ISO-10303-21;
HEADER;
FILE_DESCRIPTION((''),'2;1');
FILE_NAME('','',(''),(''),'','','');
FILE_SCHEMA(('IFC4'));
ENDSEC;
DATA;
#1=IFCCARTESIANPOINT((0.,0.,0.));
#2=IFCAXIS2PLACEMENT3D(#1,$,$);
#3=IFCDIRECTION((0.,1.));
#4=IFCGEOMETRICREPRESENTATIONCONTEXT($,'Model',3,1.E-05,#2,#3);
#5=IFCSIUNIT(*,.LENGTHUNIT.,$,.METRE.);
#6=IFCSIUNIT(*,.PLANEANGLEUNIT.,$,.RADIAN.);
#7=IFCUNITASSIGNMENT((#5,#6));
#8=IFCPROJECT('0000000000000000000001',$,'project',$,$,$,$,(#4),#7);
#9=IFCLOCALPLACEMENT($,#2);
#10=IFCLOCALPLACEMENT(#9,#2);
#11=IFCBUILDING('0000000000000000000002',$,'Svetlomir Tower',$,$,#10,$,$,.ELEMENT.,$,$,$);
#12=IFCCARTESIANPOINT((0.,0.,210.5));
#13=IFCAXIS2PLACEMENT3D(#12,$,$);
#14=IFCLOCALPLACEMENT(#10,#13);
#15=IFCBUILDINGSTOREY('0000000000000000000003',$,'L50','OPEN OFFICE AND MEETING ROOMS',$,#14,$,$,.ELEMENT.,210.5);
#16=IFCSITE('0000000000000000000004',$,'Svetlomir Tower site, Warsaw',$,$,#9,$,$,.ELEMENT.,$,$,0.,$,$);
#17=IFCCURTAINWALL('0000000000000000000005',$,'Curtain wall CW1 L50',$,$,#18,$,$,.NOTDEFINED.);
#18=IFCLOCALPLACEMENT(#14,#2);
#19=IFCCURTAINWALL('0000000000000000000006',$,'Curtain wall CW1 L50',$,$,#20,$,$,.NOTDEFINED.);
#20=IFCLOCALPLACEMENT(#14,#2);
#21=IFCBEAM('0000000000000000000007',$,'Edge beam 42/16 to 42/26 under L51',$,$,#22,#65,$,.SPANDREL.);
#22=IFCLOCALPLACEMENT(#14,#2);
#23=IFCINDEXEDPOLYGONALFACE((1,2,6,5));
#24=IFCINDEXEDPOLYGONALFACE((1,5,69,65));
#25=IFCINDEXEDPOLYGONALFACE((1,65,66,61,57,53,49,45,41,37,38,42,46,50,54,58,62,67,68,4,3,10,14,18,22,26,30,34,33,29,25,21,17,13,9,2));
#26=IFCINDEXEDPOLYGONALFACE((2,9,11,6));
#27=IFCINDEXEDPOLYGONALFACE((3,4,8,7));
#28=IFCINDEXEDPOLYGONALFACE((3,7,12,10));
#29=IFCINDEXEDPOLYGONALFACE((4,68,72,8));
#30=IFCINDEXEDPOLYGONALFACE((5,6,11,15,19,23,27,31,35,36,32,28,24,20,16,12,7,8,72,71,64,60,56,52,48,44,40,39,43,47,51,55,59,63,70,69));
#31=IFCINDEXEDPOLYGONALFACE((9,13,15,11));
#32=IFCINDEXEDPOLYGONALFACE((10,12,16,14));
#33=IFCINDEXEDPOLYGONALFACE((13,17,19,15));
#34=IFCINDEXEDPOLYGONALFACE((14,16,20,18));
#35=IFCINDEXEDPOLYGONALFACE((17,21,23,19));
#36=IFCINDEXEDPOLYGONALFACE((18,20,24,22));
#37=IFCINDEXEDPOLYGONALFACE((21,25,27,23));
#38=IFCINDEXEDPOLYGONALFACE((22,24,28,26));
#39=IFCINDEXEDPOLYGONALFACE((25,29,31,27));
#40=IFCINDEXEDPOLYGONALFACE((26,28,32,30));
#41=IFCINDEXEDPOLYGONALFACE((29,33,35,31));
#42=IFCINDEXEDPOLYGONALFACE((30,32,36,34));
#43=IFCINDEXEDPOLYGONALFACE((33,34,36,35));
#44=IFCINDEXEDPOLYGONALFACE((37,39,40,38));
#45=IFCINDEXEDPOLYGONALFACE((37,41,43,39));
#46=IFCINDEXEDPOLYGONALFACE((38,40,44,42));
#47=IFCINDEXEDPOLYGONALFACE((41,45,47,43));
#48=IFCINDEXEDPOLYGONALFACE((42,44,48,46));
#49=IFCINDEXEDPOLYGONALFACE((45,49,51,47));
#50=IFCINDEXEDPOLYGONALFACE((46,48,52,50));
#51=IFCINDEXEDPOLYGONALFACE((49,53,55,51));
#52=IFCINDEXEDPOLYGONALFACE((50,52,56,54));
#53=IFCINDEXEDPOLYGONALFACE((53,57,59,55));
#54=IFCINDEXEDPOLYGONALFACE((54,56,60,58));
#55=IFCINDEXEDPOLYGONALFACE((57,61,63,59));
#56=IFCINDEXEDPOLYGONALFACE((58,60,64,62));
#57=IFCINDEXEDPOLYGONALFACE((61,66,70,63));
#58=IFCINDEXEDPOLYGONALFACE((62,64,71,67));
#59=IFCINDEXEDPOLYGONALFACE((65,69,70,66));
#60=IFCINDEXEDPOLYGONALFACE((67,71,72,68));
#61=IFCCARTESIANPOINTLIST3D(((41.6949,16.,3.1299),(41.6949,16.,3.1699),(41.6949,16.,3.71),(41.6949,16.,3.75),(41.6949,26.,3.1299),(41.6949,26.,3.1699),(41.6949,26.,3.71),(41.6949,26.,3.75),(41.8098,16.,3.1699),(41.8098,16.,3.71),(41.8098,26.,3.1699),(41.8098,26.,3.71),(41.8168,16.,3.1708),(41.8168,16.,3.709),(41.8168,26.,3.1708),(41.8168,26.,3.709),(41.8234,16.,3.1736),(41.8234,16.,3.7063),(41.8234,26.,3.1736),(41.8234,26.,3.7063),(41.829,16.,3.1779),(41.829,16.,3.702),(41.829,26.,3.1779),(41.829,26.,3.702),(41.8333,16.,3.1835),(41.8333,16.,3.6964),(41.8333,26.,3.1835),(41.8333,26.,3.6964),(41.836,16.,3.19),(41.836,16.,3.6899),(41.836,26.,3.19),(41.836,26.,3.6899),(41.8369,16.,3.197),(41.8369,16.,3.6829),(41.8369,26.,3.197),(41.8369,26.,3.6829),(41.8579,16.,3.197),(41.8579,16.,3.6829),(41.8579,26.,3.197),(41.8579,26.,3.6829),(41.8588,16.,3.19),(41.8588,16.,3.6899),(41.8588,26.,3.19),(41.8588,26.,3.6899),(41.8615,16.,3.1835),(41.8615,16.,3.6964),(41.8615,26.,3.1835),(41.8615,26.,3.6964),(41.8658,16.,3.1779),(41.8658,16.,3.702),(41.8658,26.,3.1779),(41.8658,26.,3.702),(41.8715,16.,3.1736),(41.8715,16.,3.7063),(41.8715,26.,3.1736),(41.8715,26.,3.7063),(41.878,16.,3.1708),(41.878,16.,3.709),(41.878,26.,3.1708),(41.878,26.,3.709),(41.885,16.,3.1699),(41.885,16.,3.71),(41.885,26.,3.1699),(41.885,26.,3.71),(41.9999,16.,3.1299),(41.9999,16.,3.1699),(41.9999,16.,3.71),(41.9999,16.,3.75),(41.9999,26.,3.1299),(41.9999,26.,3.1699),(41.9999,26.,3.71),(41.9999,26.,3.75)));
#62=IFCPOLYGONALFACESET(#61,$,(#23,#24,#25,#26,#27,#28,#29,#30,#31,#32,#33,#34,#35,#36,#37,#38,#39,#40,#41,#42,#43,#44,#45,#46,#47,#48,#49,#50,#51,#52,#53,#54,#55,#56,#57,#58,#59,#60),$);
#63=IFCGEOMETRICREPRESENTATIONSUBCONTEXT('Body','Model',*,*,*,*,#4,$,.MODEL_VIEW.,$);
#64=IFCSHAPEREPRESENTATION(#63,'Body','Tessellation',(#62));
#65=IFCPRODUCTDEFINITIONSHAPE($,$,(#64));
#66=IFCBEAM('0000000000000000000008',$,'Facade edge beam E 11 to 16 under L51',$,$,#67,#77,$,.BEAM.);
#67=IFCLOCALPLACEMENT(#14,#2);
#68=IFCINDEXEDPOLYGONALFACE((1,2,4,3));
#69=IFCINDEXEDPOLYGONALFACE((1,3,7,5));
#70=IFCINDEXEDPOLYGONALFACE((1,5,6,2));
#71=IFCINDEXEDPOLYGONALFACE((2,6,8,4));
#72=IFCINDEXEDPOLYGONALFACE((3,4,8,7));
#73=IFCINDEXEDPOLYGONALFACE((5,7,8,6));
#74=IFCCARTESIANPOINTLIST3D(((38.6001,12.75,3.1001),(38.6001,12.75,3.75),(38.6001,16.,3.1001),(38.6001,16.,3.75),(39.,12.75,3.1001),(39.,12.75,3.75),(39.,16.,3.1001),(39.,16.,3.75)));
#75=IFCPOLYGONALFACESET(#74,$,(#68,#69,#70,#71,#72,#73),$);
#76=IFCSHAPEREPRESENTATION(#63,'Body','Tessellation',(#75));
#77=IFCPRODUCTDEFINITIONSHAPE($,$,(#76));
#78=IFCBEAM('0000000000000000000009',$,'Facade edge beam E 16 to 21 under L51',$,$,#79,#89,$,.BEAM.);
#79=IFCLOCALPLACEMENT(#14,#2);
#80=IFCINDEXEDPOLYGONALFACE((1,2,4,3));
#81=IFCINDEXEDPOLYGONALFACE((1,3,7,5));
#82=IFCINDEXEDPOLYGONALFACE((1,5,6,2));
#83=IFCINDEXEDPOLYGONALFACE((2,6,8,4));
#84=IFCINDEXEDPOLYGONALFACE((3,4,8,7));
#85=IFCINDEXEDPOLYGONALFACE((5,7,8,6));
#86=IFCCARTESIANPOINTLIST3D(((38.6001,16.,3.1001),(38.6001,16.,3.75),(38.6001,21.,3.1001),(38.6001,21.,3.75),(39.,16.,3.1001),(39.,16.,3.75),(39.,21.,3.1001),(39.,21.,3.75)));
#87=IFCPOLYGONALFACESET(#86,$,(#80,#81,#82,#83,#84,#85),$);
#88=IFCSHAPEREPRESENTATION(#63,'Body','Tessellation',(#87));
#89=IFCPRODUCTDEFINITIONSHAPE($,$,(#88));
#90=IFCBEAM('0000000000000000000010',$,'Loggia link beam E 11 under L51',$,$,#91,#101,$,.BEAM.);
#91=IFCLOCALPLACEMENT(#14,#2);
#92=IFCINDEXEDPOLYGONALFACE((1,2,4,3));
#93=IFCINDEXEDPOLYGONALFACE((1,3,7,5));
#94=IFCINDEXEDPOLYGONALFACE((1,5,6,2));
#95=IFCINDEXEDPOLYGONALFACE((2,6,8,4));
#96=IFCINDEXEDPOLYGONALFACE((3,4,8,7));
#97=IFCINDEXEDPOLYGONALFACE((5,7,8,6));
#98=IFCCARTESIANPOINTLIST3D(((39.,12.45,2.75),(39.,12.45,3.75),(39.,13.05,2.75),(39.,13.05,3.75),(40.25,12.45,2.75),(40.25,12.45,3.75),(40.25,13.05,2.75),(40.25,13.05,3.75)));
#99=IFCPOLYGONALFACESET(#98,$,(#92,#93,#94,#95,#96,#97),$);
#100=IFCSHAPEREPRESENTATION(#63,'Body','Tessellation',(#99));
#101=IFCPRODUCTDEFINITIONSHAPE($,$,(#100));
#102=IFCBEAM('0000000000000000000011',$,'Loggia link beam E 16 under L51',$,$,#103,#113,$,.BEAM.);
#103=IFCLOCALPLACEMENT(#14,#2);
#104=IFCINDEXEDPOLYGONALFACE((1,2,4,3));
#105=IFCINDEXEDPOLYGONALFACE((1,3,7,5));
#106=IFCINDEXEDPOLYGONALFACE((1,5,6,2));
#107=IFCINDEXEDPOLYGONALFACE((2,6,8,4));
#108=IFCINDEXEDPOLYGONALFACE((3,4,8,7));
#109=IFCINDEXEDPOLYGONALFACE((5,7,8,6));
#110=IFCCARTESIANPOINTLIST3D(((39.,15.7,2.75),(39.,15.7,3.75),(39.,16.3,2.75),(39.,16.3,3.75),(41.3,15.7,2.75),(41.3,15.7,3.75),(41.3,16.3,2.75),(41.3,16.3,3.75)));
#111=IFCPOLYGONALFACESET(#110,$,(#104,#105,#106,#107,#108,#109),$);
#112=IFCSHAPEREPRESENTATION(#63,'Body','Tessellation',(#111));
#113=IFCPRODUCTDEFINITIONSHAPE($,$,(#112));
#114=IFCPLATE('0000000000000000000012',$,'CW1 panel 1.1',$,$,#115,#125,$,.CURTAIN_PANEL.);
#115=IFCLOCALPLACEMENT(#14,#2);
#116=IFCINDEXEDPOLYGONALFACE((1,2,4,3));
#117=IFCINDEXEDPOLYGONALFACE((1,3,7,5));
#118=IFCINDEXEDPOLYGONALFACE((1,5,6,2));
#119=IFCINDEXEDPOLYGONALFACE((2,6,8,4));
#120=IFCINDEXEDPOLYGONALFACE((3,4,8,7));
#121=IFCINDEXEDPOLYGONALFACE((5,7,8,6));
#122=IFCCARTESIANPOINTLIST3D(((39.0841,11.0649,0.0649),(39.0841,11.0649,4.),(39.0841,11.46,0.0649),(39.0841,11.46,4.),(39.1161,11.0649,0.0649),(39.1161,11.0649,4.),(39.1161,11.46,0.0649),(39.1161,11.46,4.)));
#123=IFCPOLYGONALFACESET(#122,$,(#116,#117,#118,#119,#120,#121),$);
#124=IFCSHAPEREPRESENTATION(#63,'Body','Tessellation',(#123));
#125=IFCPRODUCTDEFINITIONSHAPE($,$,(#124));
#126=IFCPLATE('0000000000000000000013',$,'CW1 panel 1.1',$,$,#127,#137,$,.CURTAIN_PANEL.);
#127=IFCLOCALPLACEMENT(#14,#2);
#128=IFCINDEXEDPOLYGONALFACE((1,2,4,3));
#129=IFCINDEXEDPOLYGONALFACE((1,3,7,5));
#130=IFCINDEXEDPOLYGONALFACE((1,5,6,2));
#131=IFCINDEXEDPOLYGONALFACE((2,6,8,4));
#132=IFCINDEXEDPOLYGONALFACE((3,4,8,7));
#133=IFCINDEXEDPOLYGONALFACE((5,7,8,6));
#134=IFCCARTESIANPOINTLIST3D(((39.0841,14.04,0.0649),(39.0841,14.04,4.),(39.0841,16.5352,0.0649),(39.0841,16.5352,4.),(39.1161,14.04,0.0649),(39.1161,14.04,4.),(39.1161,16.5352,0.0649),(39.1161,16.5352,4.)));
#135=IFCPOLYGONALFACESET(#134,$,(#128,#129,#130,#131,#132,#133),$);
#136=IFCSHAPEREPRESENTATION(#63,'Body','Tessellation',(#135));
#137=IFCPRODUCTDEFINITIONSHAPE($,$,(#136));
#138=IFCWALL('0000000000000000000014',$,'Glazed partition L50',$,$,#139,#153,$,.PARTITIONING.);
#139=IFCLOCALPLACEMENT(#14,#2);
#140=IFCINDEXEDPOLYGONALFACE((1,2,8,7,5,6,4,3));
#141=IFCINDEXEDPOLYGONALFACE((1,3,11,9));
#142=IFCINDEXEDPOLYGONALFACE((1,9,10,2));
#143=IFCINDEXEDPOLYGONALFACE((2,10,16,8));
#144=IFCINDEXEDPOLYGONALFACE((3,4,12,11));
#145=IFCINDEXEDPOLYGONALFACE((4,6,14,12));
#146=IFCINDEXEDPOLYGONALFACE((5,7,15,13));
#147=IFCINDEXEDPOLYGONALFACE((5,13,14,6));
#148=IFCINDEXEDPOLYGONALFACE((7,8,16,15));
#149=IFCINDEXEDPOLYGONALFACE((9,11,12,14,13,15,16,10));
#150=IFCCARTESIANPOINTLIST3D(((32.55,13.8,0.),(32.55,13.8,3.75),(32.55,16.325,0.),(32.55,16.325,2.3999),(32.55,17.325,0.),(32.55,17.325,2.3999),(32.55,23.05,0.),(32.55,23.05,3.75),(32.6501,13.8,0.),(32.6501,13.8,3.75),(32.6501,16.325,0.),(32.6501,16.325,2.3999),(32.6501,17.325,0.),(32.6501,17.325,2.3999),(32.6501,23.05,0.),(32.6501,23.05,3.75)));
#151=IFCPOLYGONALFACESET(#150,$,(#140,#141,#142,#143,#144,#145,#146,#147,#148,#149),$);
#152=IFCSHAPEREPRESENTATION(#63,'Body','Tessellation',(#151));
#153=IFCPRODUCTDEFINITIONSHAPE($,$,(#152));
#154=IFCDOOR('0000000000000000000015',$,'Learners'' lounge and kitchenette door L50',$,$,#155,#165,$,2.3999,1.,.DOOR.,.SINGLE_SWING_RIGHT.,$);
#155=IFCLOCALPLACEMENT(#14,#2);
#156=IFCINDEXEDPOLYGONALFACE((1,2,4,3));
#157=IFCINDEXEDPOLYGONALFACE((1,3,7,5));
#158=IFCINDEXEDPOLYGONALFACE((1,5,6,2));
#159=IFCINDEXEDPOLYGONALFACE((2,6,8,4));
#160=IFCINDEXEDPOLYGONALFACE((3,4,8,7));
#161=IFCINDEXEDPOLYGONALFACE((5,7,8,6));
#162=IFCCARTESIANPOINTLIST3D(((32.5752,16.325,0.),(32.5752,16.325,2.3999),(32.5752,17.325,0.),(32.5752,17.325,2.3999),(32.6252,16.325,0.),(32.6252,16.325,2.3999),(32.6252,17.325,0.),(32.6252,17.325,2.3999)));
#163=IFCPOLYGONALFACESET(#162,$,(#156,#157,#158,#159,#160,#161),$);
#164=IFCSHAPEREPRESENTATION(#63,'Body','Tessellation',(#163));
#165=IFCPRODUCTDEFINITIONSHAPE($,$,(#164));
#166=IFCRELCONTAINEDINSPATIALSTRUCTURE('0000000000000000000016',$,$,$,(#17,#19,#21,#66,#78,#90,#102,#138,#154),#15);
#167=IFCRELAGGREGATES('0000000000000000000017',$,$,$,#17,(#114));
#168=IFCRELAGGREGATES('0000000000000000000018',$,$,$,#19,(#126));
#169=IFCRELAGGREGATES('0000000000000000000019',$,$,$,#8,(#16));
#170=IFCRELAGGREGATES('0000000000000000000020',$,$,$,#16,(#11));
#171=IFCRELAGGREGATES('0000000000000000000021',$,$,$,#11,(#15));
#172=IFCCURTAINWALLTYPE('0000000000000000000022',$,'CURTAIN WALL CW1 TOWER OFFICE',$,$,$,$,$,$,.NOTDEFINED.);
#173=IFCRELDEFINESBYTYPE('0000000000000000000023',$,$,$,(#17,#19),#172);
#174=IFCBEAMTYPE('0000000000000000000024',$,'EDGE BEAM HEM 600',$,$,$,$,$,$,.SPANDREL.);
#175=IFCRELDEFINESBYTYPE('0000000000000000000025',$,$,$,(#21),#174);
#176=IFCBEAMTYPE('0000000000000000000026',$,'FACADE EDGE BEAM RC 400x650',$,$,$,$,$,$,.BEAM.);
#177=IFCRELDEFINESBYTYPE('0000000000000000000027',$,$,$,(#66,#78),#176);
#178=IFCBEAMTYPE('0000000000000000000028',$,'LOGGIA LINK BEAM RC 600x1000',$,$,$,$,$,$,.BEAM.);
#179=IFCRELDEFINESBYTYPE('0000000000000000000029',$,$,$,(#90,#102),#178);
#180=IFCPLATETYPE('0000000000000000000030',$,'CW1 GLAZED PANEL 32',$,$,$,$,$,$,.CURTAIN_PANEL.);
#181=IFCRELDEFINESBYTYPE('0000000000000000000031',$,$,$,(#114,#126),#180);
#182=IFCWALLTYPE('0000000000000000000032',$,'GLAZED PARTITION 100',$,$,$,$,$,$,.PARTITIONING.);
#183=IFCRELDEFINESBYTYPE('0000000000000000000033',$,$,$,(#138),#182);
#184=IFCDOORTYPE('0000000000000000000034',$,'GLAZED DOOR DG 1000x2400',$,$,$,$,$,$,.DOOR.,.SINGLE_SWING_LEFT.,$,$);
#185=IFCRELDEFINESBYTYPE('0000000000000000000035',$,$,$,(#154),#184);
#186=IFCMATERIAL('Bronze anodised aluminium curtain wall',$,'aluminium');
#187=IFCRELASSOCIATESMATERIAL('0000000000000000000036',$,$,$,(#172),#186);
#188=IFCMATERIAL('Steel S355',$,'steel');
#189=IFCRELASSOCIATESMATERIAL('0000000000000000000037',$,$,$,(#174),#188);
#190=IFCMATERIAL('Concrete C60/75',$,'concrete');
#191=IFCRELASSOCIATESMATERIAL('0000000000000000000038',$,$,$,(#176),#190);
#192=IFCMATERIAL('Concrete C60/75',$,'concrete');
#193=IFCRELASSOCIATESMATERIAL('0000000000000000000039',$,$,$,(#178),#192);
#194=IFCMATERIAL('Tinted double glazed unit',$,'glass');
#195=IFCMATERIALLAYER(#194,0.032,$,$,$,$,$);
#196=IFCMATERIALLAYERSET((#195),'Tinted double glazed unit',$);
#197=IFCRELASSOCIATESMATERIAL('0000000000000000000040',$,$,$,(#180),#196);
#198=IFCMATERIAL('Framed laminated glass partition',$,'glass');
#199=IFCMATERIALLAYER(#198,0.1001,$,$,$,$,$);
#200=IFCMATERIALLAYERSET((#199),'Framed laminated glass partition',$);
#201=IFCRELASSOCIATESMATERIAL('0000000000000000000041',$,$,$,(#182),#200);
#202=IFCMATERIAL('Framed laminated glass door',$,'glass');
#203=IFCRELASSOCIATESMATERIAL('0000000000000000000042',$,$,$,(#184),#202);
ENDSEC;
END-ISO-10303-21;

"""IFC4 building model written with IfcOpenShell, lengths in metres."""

from ifc_helpers import new_model, si_unit, direction, frame, frame_2d, origin, origin_2d, place, context, subcontext, project, spatial, rectangle, i_section, extrude, material, layer, layer_set, material_profile, profile_set, type_object, element, fill, aggregate, save


model = new_model("IFC4")

# Units and contexts
model_context = context("Model", 3, precision=1e-05, world=origin(), true_north=direction((0.0, 1.0)))
body_context = subcontext(model_context, "Body", "Model", "MODEL_VIEW")
ifc_project = project(units=[si_unit("LENGTHUNIT", "METRE"), si_unit("PLANEANGLEUNIT", "RADIAN")], contexts=[model_context])

# Site, building, storey
site_placement = place(None, origin())
site = spatial("IfcSite", under=ifc_project, at=site_placement, Name="Svetlomir Tower site, Warsaw", CompositionType="ELEMENT", RefElevation=0.0)
building_placement = place(site_placement, origin())
building = spatial("IfcBuilding", under=site, at=building_placement, Name="Svetlomir Tower", CompositionType="ELEMENT")
storey_placement = place(building_placement, frame((0.0, 0.0, 210.5)))
storey = spatial("IfcBuildingStorey", under=building, at=storey_placement, Name="L50", Description="OPEN OFFICE AND MEETING ROOMS", CompositionType="ELEMENT", Elevation=210.5)

# Shared definitions
ifc_material_1 = material(Name="Bronze anodised aluminium curtain wall", Category="aluminium")
curtain_wall_type = type_object("IfcCurtainWallType", Name="CURTAIN WALL CW1 TOWER OFFICE", PredefinedType="NOTDEFINED", material=ifc_material_1)

# Curtain walls
curtain_wall_1_placement = place(storey_placement, origin())
curtain_wall_1 = element("IfcCurtainWall", 1, at=curtain_wall_1_placement, inside=storey, type_object=curtain_wall_type, Name="Curtain wall CW1 L50", PredefinedType="NOTDEFINED")
curtain_wall_2_placement = place(storey_placement, origin())
curtain_wall_2 = element("IfcCurtainWall", 2, at=curtain_wall_2_placement, inside=storey, type_object=curtain_wall_type, Name="Curtain wall CW1 L50", PredefinedType="NOTDEFINED")

# Beams
ifc_material_2 = material(Name="Steel S355", Category="steel")
ifc_material_profile_1 = material_profile(ifc_material_2, i_section(OverallWidth=0.3049, OverallDepth=0.6201, WebThickness=0.021, FlangeThickness=0.04, FilletRadius=0.0271, at=origin_2d()), Name="HEM 600")
ifc_profile_set_1 = profile_set([ifc_material_profile_1], Name="Steel S355")
beam_type_1 = type_object("IfcBeamType", Name="EDGE BEAM HEM 600", PredefinedType="SPANDREL", material=ifc_profile_set_1)
beam_1_placement = place(storey_placement, frame((41.8474, 16.0, 3.4399), z_axis=(0.0, 1.0, 0.0), x_axis=(-1.0, 0.0, 0.0)))
element("IfcBeam", 3, at=beam_1_placement, inside=storey, type_object=beam_type_1, Name="Edge beam 42/16 to 42/26 under L51", PredefinedType="SPANDREL", context=body_context, shape_type="SweptSolid", body=[
    extrude(i_section(OverallWidth=0.3049, OverallDepth=0.6201, WebThickness=0.021, FlangeThickness=0.04, FilletRadius=0.0271, at=origin_2d()), origin(), (0.0, 0.0, 1.0), 10.0),
])
ifc_material_3 = material(Name="Concrete C60/75", Category="concrete")
ifc_material_profile_2 = material_profile(ifc_material_3, rectangle(XDim=0.3999, YDim=0.6499, at=origin_2d()), Name="RC 400x650")
ifc_profile_set_2 = profile_set([ifc_material_profile_2], Name="Concrete C60/75")
beam_type_2 = type_object("IfcBeamType", Name="FACADE EDGE BEAM RC 400x650", PredefinedType="BEAM", material=ifc_profile_set_2)
beam_2_placement = place(storey_placement, frame((38.8, 12.75, 3.425), z_axis=(0.0, 1.0, 0.0), x_axis=(-1.0, 0.0, 0.0)))
element("IfcBeam", 4, at=beam_2_placement, inside=storey, type_object=beam_type_2, Name="Facade edge beam E 11 to 16 under L51", PredefinedType="BEAM", context=body_context, shape_type="SweptSolid", body=[
    extrude(rectangle(XDim=0.3999, YDim=0.6499, at=origin_2d()), origin(), (0.0, 0.0, 1.0), 3.25),
])
beam_3_placement = place(storey_placement, frame((38.8, 16.0, 3.425), z_axis=(0.0, 1.0, 0.0), x_axis=(-1.0, 0.0, 0.0)))
element("IfcBeam", 5, at=beam_3_placement, inside=storey, type_object=beam_type_2, Name="Facade edge beam E 16 to 21 under L51", PredefinedType="BEAM", context=body_context, shape_type="SweptSolid", body=[
    extrude(rectangle(XDim=0.3999, YDim=0.6499, at=origin_2d()), origin(), (0.0, 0.0, 1.0), 5.0),
])
ifc_material_4 = material(Name="Concrete C60/75", Category="concrete")
ifc_material_profile_3 = material_profile(ifc_material_4, rectangle(XDim=0.6001, YDim=1.0, at=origin_2d()), Name="RC 600x1000")
ifc_profile_set_3 = profile_set([ifc_material_profile_3], Name="Concrete C60/75")
beam_type_3 = type_object("IfcBeamType", Name="LOGGIA LINK BEAM RC 600x1000", PredefinedType="BEAM", material=ifc_profile_set_3)
beam_4_placement = place(storey_placement, frame((40.25, 12.75, 3.25), z_axis=(-1.0, 0.0, 0.0), x_axis=(0.0, -1.0, 0.0)))
element("IfcBeam", 6, at=beam_4_placement, inside=storey, type_object=beam_type_3, Name="Loggia link beam E 11 under L51", PredefinedType="BEAM", context=body_context, shape_type="SweptSolid", body=[
    extrude(rectangle(XDim=0.6001, YDim=1.0, at=origin_2d()), origin(), (0.0, 0.0, 1.0), 1.25),
])
beam_5_placement = place(storey_placement, frame((41.3, 16.0, 3.25), z_axis=(-1.0, 0.0, 0.0), x_axis=(0.0, -1.0, 0.0)))
element("IfcBeam", 7, at=beam_5_placement, inside=storey, type_object=beam_type_3, Name="Loggia link beam E 16 under L51", PredefinedType="BEAM", context=body_context, shape_type="SweptSolid", body=[
    extrude(rectangle(XDim=0.6001, YDim=1.0, at=origin_2d()), origin(), (0.0, 0.0, 1.0), 2.3),
])

# Plates
ifc_material_5 = material(Name="Tinted double glazed unit", Category="glass")
ifc_layer_1 = layer(ifc_material_5, 0.032)
ifc_layer_set_1 = layer_set([ifc_layer_1], Name="Tinted double glazed unit")
plate_type = type_object("IfcPlateType", Name="CW1 GLAZED PANEL 32", PredefinedType="CURTAIN_PANEL", material=ifc_layer_set_1)
plate_1_placement = place(storey_placement, frame((39.1001, 11.2625, 0.0649), z_axis=(0.0, 0.0, 1.0), x_axis=(0.0, 1.0, 0.0)))
plate_1 = element("IfcPlate", 8, at=plate_1_placement, type_object=plate_type, Name="CW1 panel 1.1", PredefinedType="CURTAIN_PANEL", context=body_context, shape_type="SweptSolid", body=[
    extrude(rectangle(XDim=0.395, YDim=0.032, at=origin_2d()), origin(), (0.0, 0.0, 1.0), 3.9351),
])
aggregate(curtain_wall_1, [plate_1])
plate_2_placement = place(storey_placement, frame((39.1001, 15.2876, 0.0649), z_axis=(0.0, 0.0, 1.0), x_axis=(0.0, 1.0, 0.0)))
plate_2 = element("IfcPlate", 9, at=plate_2_placement, type_object=plate_type, Name="CW1 panel 1.1", PredefinedType="CURTAIN_PANEL", context=body_context, shape_type="SweptSolid", body=[
    extrude(rectangle(XDim=2.4951, YDim=0.032, at=origin_2d()), origin(), (0.0, 0.0, 1.0), 3.9351),
])
aggregate(curtain_wall_2, [plate_2])

# Wall, opening, door
ifc_material_6 = material(Name="Framed laminated glass partition", Category="glass")
ifc_layer_2 = layer(ifc_material_6, 0.1001)
ifc_layer_set_2 = layer_set([ifc_layer_2], Name="Framed laminated glass partition")
wall_type_1 = type_object("IfcWallType", Name="GLAZED PARTITION 100", PredefinedType="PARTITIONING", material=ifc_layer_set_2)
wall_1_placement = place(storey_placement, frame((32.6001, 13.8, 0.0), z_axis=(0.0, 0.0, 1.0), x_axis=(0.0, 1.0, 0.0)))
wall_1 = element("IfcWall", 10, at=wall_1_placement, inside=storey, type_object=wall_type_1, Name="Glazed partition L50", PredefinedType="PARTITIONING", context=body_context, shape_type="SweptSolid", body=[
    extrude(rectangle(XDim=9.25, YDim=0.1001, at=frame_2d((4.625, 0.0))), origin(), (0.0, 0.0, 1.0), 3.75),
])
opening_1_placement = place(wall_1_placement, frame((2.5249, 0.0, 0.0)))
opening_1 = element("IfcOpeningElement", 11, at=opening_1_placement, cuts=wall_1, PredefinedType="OPENING", context=body_context, shape_type="SweptSolid", body=[
    extrude(rectangle(XDim=1.0, YDim=2.3999, at=frame_2d((0.5, 1.2))), frame((0.0, 0.0601, 0.0), z_axis=(0.0, -1.0, 0.0), x_axis=(1.0, 0.0, 0.0)), (0.0, 0.0, 1.0), 0.1201),
])
ifc_material_7 = material(Name="Framed laminated glass door", Category="glass")
door_type_1 = type_object("IfcDoorType", Name="GLAZED DOOR DG 1000x2400", OperationType="SINGLE_SWING_LEFT", PredefinedType="DOOR", material=ifc_material_7)
door_1_placement = place(opening_1_placement, origin())
door_1 = element("IfcDoor", 12, at=door_1_placement, inside=storey, type_object=door_type_1, Name="Learners' lounge and kitchenette door L50", OperationType="SINGLE_SWING_RIGHT", OverallHeight=2.3999, OverallWidth=1.0, PredefinedType="DOOR", context=body_context, shape_type="SweptSolid", body=[
    extrude(rectangle(XDim=1.0, YDim=2.3999, at=frame_2d((0.5, 1.2))), frame((0.0, 0.0249, 0.0), z_axis=(0.0, -1.0, 0.0), x_axis=(1.0, 0.0, 0.0)), (0.0, 0.0, 1.0), 0.05),
])
fill(opening_1, door_1)

save(model, "model.ifc")
